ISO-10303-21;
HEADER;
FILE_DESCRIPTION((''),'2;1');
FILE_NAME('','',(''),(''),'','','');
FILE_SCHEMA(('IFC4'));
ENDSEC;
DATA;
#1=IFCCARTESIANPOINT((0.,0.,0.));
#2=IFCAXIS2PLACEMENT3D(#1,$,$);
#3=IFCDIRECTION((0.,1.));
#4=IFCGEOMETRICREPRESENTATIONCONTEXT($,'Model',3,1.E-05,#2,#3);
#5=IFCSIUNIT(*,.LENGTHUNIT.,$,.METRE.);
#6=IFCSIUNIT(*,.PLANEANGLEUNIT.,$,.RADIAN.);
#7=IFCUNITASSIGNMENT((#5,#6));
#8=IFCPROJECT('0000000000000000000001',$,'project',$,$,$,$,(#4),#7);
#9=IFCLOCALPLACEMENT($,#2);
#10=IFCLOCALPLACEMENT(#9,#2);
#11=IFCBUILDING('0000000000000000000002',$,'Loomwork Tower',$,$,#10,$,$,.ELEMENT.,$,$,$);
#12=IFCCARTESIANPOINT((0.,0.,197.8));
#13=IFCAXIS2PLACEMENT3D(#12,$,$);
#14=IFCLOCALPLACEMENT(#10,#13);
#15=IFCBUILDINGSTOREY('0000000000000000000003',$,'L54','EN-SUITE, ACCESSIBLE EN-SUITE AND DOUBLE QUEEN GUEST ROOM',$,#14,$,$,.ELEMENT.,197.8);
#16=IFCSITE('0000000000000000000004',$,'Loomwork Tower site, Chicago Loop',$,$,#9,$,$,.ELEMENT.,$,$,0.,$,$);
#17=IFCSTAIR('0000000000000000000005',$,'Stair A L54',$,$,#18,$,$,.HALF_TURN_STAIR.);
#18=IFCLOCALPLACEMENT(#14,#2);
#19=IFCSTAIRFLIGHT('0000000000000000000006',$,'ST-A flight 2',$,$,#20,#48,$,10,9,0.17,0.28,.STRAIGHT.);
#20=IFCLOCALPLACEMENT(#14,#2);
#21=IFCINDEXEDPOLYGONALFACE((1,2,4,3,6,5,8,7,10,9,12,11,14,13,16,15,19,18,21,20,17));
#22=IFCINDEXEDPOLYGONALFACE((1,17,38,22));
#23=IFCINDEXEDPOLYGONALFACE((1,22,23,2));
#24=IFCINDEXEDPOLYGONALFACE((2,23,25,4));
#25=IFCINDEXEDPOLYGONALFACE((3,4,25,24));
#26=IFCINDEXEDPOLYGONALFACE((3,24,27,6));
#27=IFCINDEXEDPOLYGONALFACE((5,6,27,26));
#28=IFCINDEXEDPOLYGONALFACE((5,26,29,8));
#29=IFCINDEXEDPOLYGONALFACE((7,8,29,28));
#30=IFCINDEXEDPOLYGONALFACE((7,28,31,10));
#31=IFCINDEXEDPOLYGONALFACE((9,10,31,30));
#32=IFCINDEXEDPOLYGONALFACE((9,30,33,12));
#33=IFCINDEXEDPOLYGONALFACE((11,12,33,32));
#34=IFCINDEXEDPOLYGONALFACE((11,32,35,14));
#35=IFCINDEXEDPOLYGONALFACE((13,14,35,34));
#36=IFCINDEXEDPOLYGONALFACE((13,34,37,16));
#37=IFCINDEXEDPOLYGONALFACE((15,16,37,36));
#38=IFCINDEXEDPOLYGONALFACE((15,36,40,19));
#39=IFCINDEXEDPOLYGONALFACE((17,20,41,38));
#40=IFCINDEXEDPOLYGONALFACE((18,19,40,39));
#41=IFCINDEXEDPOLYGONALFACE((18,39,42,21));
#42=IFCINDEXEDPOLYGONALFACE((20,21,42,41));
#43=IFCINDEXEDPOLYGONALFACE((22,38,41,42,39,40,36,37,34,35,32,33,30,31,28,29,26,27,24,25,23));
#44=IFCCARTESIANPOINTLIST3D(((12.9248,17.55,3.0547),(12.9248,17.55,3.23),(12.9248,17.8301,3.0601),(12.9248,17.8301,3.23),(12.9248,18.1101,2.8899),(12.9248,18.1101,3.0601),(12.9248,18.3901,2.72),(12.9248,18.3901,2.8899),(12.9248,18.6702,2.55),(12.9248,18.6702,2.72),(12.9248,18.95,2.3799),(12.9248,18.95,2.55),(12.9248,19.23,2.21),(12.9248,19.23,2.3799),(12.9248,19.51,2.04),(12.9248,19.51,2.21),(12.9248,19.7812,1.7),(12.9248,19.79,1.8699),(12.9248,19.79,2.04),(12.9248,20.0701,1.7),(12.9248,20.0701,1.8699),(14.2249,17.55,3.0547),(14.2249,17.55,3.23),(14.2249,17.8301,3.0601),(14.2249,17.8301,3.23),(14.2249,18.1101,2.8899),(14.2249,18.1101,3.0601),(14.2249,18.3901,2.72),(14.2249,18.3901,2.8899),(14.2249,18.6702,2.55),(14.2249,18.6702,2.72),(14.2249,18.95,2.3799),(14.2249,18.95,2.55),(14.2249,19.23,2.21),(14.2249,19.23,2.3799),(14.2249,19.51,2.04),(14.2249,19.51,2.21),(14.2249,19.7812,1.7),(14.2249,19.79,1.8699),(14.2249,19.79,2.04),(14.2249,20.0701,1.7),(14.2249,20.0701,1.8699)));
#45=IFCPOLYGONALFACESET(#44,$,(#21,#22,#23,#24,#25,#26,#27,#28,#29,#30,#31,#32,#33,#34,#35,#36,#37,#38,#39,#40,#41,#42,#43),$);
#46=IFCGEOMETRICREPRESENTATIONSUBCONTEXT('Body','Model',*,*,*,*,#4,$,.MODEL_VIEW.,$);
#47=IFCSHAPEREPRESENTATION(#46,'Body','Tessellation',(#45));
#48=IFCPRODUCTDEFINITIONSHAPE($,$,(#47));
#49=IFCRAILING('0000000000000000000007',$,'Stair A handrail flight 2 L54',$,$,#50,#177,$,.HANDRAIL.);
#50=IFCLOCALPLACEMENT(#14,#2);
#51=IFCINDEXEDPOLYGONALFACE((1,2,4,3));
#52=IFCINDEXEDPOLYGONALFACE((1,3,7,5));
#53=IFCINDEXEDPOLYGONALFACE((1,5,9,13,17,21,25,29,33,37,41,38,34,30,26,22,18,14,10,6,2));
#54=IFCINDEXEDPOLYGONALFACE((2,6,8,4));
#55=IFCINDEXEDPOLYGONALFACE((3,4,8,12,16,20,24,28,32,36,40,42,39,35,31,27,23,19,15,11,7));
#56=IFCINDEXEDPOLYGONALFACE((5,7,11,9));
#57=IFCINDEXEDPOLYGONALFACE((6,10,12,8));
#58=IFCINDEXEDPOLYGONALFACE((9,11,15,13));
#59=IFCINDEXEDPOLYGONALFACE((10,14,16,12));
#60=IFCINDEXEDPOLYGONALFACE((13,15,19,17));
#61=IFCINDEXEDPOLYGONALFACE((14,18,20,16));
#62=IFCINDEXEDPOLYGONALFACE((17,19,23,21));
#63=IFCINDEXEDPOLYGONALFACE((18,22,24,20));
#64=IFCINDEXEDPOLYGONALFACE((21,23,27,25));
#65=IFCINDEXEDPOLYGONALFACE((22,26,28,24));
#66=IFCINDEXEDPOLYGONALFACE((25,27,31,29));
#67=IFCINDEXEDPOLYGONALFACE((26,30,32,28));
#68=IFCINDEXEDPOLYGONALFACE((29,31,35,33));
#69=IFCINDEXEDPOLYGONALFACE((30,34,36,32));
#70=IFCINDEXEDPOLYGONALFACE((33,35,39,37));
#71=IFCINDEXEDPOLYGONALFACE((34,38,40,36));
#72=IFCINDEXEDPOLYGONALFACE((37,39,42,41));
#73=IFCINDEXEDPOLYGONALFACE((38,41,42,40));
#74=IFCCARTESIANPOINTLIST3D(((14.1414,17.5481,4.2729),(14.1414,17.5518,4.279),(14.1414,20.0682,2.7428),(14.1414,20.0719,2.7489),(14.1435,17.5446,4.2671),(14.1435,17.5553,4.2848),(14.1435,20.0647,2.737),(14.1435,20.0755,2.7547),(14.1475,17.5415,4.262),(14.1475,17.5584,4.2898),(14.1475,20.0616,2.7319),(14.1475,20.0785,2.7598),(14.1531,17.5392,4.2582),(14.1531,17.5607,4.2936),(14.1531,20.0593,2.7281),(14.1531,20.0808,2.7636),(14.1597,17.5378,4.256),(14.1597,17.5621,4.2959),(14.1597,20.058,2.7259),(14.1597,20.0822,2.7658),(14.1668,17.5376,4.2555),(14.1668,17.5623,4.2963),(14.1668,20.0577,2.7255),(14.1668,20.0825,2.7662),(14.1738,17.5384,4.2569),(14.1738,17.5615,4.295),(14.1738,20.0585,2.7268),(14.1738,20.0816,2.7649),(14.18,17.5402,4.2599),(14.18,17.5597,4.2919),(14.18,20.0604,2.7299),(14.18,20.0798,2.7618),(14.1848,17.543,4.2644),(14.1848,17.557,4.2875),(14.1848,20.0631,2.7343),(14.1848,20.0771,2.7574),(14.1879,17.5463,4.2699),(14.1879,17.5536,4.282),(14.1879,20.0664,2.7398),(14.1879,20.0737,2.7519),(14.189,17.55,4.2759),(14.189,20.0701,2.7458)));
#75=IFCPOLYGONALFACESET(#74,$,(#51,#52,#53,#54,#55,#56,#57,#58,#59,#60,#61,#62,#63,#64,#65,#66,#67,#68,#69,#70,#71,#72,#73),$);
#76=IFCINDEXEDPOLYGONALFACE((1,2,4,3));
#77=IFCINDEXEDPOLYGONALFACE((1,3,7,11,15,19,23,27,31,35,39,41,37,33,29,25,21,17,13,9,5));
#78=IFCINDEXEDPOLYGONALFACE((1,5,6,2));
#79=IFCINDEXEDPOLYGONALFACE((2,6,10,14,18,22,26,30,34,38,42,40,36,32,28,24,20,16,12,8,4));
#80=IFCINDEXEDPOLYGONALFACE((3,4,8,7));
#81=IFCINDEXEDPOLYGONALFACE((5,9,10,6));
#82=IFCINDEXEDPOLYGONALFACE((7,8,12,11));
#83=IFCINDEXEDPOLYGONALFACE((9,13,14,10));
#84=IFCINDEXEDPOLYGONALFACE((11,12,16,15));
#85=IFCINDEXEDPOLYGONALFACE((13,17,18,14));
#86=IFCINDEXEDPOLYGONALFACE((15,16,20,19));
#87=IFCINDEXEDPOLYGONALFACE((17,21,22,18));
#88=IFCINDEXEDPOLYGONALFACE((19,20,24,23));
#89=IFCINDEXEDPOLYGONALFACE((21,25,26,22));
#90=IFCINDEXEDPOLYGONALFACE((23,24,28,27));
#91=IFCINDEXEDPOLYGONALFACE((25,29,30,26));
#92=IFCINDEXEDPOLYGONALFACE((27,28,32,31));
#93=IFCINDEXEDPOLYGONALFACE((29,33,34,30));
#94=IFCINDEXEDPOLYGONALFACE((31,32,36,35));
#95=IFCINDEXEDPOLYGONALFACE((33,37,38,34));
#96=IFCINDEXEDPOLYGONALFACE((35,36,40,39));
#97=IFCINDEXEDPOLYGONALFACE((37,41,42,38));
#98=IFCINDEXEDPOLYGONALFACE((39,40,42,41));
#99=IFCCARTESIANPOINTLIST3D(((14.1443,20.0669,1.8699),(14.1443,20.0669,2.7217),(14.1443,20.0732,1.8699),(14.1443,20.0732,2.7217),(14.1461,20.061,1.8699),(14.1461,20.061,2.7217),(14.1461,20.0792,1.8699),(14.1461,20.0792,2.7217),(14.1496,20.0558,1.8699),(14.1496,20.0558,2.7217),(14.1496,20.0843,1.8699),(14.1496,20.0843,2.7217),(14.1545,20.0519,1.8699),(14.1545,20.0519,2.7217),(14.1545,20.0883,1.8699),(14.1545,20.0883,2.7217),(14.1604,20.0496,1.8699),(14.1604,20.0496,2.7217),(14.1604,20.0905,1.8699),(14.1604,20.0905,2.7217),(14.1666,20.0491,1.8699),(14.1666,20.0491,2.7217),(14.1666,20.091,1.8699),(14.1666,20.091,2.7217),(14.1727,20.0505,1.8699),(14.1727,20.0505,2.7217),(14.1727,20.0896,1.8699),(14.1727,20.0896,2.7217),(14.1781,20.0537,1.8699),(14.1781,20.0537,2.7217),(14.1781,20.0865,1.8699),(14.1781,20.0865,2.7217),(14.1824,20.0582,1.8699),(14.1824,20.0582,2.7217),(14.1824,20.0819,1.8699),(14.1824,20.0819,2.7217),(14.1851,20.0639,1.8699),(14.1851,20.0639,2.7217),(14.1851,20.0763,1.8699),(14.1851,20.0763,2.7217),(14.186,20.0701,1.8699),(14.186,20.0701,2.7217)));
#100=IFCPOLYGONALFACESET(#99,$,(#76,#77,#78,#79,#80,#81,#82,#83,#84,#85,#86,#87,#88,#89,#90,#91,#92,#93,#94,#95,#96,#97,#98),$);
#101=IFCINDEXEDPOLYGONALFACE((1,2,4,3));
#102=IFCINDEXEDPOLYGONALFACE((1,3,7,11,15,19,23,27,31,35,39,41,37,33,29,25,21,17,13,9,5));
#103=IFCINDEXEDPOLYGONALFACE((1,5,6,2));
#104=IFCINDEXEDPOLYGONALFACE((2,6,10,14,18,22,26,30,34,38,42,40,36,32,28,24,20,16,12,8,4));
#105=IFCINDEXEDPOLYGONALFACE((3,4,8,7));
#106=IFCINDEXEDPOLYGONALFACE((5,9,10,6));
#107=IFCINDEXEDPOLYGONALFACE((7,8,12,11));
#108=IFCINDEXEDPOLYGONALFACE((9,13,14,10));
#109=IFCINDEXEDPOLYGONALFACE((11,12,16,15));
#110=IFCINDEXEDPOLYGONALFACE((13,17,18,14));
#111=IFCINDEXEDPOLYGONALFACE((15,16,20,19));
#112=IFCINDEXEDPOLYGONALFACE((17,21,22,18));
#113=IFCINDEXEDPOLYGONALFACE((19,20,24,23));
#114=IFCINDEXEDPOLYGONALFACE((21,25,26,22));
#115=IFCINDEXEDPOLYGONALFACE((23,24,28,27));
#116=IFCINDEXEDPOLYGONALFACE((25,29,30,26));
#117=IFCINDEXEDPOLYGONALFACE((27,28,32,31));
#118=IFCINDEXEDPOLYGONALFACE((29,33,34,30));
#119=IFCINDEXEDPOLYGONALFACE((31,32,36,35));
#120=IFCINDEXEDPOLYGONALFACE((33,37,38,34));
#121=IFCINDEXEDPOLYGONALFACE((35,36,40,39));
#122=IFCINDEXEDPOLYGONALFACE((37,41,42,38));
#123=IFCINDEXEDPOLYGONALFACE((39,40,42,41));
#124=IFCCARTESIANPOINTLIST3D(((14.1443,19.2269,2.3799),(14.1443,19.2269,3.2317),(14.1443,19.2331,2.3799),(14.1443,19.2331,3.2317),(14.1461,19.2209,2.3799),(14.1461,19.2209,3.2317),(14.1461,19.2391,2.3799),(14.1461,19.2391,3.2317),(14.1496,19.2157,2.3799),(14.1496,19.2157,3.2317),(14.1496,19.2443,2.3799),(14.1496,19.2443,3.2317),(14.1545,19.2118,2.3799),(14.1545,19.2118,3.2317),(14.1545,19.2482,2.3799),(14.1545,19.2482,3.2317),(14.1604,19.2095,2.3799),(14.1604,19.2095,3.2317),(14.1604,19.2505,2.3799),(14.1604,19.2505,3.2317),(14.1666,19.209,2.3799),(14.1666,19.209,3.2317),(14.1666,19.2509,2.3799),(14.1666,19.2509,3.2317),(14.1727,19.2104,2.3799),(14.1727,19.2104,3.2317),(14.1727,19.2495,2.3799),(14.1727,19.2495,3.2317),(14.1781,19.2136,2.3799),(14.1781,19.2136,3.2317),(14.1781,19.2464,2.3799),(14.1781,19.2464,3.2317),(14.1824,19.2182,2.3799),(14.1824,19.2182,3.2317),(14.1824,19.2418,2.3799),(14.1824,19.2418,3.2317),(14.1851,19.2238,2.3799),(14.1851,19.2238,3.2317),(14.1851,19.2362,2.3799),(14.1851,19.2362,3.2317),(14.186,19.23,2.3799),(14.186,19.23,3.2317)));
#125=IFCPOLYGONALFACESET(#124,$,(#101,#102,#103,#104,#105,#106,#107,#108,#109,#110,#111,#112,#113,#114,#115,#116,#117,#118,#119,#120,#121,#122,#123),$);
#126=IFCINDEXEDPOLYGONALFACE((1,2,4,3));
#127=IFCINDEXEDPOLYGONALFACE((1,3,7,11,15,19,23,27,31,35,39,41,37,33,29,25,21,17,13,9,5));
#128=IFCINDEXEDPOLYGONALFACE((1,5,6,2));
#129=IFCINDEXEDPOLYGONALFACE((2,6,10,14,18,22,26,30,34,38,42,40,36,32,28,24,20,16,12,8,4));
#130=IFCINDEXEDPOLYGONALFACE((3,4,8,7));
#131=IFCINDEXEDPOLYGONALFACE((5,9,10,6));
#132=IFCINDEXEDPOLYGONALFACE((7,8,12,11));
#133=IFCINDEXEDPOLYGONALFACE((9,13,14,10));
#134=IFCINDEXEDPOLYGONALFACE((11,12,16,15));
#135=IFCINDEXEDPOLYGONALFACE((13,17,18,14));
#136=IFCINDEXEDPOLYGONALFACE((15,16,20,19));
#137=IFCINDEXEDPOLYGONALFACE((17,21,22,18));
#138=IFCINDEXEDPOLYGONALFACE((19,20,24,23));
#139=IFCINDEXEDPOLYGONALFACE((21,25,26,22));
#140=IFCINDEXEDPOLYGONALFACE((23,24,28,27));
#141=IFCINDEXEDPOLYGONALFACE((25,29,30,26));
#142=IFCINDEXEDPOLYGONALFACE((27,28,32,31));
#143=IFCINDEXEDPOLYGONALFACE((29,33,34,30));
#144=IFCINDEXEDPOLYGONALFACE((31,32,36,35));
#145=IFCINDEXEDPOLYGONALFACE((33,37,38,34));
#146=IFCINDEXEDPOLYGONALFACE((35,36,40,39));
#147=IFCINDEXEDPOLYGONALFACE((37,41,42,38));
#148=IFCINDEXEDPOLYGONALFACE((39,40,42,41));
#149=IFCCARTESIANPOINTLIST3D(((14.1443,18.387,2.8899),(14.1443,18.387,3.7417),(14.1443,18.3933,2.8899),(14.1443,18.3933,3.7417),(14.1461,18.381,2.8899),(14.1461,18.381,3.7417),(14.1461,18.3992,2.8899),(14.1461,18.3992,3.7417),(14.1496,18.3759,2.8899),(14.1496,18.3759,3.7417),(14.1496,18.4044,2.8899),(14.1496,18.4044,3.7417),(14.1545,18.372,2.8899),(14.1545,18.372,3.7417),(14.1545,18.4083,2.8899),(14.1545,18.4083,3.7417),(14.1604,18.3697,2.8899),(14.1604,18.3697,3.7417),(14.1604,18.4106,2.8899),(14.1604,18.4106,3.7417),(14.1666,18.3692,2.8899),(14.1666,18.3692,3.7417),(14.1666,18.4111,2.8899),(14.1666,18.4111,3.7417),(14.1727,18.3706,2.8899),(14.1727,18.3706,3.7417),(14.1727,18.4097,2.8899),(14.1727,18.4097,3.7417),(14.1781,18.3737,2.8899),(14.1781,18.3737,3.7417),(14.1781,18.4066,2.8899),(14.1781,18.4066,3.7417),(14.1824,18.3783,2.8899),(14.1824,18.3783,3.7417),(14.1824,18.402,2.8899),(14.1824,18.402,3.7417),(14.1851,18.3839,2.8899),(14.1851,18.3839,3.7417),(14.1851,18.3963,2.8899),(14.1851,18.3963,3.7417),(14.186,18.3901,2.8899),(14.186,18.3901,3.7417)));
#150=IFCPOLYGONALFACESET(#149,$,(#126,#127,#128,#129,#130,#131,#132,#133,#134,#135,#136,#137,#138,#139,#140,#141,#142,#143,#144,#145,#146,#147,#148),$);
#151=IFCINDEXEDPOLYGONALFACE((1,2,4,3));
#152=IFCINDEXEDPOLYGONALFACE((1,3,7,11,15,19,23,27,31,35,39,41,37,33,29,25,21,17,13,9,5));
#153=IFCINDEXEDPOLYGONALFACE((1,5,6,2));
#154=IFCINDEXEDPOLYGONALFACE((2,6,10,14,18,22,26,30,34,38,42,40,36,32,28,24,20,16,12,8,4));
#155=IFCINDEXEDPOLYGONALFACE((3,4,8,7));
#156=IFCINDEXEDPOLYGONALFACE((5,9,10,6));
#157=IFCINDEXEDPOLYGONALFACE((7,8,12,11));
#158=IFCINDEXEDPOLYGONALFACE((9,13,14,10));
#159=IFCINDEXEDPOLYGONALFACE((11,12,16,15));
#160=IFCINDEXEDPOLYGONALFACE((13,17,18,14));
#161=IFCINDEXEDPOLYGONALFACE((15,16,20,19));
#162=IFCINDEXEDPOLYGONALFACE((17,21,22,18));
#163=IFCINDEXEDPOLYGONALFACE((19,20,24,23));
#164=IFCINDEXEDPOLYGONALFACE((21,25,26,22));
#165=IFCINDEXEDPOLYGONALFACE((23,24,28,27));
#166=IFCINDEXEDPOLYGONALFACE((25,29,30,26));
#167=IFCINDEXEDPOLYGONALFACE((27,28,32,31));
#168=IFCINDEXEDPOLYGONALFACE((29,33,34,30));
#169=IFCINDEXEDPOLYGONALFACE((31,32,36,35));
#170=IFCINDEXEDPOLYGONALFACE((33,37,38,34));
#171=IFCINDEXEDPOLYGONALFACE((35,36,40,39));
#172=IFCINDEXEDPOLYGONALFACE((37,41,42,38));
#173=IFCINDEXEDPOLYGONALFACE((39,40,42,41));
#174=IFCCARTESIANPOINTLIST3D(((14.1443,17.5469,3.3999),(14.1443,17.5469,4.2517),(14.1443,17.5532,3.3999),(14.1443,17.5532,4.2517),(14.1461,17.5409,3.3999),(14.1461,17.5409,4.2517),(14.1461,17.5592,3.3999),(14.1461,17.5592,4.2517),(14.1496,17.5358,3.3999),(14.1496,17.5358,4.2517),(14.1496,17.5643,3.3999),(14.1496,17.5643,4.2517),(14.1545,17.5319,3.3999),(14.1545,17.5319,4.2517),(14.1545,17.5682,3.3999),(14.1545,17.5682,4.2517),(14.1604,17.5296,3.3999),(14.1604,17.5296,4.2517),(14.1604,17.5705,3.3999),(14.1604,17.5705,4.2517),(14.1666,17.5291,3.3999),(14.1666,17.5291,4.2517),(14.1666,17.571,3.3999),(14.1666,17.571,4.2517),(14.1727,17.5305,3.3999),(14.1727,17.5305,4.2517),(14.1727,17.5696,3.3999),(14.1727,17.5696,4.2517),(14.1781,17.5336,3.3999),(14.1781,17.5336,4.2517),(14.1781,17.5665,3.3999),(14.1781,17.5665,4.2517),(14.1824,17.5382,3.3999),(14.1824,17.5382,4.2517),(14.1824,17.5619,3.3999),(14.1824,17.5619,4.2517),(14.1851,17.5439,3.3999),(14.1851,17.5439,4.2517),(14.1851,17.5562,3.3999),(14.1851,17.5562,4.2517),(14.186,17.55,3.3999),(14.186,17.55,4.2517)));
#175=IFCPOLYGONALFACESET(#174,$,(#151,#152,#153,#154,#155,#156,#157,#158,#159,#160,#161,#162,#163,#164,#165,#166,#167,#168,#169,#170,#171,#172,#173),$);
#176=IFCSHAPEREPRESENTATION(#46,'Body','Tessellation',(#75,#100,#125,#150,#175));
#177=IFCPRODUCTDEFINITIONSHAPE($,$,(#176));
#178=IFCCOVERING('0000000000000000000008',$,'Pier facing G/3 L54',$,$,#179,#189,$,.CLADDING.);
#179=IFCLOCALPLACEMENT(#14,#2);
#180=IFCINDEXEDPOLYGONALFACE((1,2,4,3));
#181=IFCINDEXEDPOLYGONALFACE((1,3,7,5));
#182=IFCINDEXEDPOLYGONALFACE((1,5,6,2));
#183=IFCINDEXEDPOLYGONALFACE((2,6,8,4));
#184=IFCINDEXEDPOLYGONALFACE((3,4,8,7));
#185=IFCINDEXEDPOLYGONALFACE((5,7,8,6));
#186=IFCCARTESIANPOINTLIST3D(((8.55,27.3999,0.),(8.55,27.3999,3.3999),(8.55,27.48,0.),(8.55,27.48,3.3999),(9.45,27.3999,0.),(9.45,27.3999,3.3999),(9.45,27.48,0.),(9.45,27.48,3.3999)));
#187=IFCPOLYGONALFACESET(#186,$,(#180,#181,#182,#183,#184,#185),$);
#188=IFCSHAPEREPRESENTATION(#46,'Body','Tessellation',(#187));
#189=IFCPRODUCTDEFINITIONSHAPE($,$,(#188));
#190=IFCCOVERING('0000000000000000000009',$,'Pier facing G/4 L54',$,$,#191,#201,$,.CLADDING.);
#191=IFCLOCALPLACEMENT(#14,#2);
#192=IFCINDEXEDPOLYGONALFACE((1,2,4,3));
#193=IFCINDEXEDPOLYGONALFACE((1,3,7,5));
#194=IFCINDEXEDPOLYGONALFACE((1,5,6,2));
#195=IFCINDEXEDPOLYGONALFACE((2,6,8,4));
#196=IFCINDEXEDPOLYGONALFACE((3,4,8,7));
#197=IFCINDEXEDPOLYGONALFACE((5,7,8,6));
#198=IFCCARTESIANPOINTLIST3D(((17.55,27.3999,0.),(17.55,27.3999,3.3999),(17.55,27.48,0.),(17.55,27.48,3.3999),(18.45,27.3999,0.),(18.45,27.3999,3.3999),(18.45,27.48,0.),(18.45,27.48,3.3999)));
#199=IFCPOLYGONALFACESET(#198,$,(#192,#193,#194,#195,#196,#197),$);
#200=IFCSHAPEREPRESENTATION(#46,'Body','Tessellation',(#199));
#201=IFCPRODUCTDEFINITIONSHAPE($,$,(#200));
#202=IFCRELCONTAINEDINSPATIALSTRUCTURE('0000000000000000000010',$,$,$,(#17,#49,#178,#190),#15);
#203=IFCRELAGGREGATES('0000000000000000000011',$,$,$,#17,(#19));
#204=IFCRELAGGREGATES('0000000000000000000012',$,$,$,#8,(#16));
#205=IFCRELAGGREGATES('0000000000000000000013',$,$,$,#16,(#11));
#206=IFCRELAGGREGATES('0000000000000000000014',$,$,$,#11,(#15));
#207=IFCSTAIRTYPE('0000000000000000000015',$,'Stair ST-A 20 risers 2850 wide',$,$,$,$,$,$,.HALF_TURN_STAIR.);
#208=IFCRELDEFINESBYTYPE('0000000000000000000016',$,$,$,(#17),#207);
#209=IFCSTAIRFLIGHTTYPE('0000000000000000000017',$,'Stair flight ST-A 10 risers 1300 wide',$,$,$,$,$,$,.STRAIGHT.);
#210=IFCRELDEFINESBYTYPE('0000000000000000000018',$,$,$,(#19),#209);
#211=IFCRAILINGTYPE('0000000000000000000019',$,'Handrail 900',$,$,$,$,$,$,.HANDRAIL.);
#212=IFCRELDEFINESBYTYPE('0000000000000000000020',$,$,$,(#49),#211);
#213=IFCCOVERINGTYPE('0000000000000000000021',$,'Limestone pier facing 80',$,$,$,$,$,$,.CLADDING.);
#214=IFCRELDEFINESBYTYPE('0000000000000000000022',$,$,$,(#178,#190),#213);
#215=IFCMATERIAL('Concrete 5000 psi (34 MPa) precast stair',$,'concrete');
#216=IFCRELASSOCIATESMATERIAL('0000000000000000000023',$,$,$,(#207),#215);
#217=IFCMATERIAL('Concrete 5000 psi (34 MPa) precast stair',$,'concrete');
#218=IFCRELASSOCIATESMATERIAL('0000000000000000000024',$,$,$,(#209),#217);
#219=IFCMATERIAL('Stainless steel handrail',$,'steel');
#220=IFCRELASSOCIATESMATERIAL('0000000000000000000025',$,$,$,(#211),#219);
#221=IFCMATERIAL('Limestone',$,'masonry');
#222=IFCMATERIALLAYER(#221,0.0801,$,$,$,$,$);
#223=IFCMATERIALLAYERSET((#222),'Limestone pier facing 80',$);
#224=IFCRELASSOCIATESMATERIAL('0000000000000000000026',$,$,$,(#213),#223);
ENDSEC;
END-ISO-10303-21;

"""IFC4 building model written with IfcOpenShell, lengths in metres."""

from ifc_helpers import new_model, si_unit, direction, frame, origin, origin_2d, place, context, subcontext, project, spatial, polyline, rectangle, circle, outline, extrude, material, layer, layer_set, type_object, element, aggregate, save


model = new_model("IFC4")

# Units and contexts
model_context = context("Model", 3, precision=1e-05, world=origin(), true_north=direction((0.0, 1.0)))
body_context = subcontext(model_context, "Body", "Model", "MODEL_VIEW")
ifc_project = project(units=[si_unit("LENGTHUNIT", "METRE"), si_unit("PLANEANGLEUNIT", "RADIAN")], contexts=[model_context])

# Site, building, storey
site_placement = place(None, origin())
site = spatial("IfcSite", under=ifc_project, at=site_placement, Name="Loomwork Tower site, Chicago Loop", CompositionType="ELEMENT", RefElevation=0.0)
building_placement = place(site_placement, origin())
building = spatial("IfcBuilding", under=site, at=building_placement, Name="Loomwork Tower", CompositionType="ELEMENT")
storey_placement = place(building_placement, frame((0.0, 0.0, 197.8)))
storey = spatial("IfcBuildingStorey", under=building, at=storey_placement, Name="L54", Description="EN-SUITE, ACCESSIBLE EN-SUITE AND DOUBLE QUEEN GUEST ROOM", CompositionType="ELEMENT", Elevation=197.8)

# Stair, stair flight
ifc_material_1 = material(Name="Concrete 5000 psi (34 MPa) precast stair", Category="concrete")
stair_type = type_object("IfcStairType", Name="Stair ST-A 20 risers 2850 wide", PredefinedType="HALF_TURN_STAIR", material=ifc_material_1)
stair_placement = place(storey_placement, origin())
stair = element("IfcStair", 1, at=stair_placement, inside=storey, type_object=stair_type, Name="Stair A L54", PredefinedType="HALF_TURN_STAIR")
ifc_material_2 = material(Name="Concrete 5000 psi (34 MPa) precast stair", Category="concrete")
stair_flight_type = type_object("IfcStairFlightType", Name="Stair flight ST-A 10 risers 1300 wide", PredefinedType="STRAIGHT", material=ifc_material_2)
stair_flight_placement = place(storey_placement, frame((13.575, 20.0701, 1.7), z_axis=(0.0, 0.0, 1.0), x_axis=(0.0, -1.0, 0.0)))
stair_flight = element("IfcStairFlight", 2, at=stair_flight_placement, type_object=stair_flight_type, Name="ST-A flight 2", NumberOfRisers=10, NumberOfTreads=9, PredefinedType="STRAIGHT", RiserHeight=0.17, TreadLength=0.28, context=body_context, shape_type="SweptSolid", body=[
    extrude(outline(polyline([(0.0, 0.0), (0.0, 0.1699), (0.28, 0.1699), (0.28, 0.3401), (0.5601, 0.3401), (0.5601, 0.51), (0.8401, 0.51), (0.8401, 0.6799), (1.1201, 0.6799), (1.1201, 0.8501), (1.3999, 0.8501), (1.3999, 1.02), (1.6799, 1.02), (1.6799, 1.1899), (1.96, 1.1899), (1.96, 1.3601), (2.24, 1.3601), (2.24, 1.53), (2.52, 1.53), (2.52, 1.7), (2.52, 1.3547), (0.2888, 0.0), (0.0, 0.0)])), frame((0.0, 0.6499, 0.0), z_axis=(0.0, -1.0, 0.0), x_axis=(1.0, 0.0, 0.0)), (0.0, 0.0, 1.0), 1.3),
])
aggregate(stair, [stair_flight])

# Railing
ifc_material_3 = material(Name="Stainless steel handrail", Category="steel")
railing_type = type_object("IfcRailingType", Name="Handrail 900", PredefinedType="HANDRAIL", material=ifc_material_3)
railing_placement = place(storey_placement, frame((14.165, 20.0701, 1.8699)))
element("IfcRailing", 3, at=railing_placement, inside=storey, type_object=railing_type, Name="Stair A handrail flight 2 L54", PredefinedType="HANDRAIL", context=body_context, shape_type="SweptSolid", body=[
    extrude(circle(Radius=0.0239, at=origin_2d()), frame((0.0, 0.0, 0.876), z_axis=(0.0, -0.854785, 0.518982), x_axis=(1.0, 0.0, 0.0)), (0.0, 0.0, 1.0), 2.9482),
    extrude(circle(Radius=0.021, at=origin_2d()), origin(), (0.0, 0.0, 1.0), 0.8518),
    extrude(circle(Radius=0.021, at=origin_2d()), frame((0.0, -0.8401, 0.51)), (0.0, 0.0, 1.0), 0.8518),
    extrude(circle(Radius=0.021, at=origin_2d()), frame((0.0, -1.6799, 1.02)), (0.0, 0.0, 1.0), 0.8518),
    extrude(circle(Radius=0.021, at=origin_2d()), frame((0.0, -2.52, 1.53)), (0.0, 0.0, 1.0), 0.8518),
])

# Coverings
ifc_material_4 = material(Name="Limestone", Category="masonry")
ifc_layer_1 = layer(ifc_material_4, 0.0801)
ifc_layer_set_1 = layer_set([ifc_layer_1], Name="Limestone pier facing 80")
covering_type = type_object("IfcCoveringType", Name="Limestone pier facing 80", PredefinedType="CLADDING", material=ifc_layer_set_1)
for number, where, z_axis, x_axis, name in (
    (4, (9.0, 27.4399, 0.0), (0.0, 0.0, 1.0), (1.0, 0.0, 0.0), "Pier facing G/3 L54"),
    (5, (18.0, 27.4399, 0.0), (0.0, 0.0, 1.0), (1.0, 0.0, 0.0), "Pier facing G/4 L54"),
):
    element("IfcCovering", number, at=place(storey_placement, frame(where, z_axis=z_axis, x_axis=x_axis)), inside=storey, type_object=covering_type, Name=name, PredefinedType="CLADDING", context=body_context, shape_type="SweptSolid", body=[
        extrude(rectangle(XDim=0.8999, YDim=0.0801, at=origin_2d()), origin(), (0.0, 0.0, 1.0), 3.3999),
    ])

save(model, "model.ifc")
